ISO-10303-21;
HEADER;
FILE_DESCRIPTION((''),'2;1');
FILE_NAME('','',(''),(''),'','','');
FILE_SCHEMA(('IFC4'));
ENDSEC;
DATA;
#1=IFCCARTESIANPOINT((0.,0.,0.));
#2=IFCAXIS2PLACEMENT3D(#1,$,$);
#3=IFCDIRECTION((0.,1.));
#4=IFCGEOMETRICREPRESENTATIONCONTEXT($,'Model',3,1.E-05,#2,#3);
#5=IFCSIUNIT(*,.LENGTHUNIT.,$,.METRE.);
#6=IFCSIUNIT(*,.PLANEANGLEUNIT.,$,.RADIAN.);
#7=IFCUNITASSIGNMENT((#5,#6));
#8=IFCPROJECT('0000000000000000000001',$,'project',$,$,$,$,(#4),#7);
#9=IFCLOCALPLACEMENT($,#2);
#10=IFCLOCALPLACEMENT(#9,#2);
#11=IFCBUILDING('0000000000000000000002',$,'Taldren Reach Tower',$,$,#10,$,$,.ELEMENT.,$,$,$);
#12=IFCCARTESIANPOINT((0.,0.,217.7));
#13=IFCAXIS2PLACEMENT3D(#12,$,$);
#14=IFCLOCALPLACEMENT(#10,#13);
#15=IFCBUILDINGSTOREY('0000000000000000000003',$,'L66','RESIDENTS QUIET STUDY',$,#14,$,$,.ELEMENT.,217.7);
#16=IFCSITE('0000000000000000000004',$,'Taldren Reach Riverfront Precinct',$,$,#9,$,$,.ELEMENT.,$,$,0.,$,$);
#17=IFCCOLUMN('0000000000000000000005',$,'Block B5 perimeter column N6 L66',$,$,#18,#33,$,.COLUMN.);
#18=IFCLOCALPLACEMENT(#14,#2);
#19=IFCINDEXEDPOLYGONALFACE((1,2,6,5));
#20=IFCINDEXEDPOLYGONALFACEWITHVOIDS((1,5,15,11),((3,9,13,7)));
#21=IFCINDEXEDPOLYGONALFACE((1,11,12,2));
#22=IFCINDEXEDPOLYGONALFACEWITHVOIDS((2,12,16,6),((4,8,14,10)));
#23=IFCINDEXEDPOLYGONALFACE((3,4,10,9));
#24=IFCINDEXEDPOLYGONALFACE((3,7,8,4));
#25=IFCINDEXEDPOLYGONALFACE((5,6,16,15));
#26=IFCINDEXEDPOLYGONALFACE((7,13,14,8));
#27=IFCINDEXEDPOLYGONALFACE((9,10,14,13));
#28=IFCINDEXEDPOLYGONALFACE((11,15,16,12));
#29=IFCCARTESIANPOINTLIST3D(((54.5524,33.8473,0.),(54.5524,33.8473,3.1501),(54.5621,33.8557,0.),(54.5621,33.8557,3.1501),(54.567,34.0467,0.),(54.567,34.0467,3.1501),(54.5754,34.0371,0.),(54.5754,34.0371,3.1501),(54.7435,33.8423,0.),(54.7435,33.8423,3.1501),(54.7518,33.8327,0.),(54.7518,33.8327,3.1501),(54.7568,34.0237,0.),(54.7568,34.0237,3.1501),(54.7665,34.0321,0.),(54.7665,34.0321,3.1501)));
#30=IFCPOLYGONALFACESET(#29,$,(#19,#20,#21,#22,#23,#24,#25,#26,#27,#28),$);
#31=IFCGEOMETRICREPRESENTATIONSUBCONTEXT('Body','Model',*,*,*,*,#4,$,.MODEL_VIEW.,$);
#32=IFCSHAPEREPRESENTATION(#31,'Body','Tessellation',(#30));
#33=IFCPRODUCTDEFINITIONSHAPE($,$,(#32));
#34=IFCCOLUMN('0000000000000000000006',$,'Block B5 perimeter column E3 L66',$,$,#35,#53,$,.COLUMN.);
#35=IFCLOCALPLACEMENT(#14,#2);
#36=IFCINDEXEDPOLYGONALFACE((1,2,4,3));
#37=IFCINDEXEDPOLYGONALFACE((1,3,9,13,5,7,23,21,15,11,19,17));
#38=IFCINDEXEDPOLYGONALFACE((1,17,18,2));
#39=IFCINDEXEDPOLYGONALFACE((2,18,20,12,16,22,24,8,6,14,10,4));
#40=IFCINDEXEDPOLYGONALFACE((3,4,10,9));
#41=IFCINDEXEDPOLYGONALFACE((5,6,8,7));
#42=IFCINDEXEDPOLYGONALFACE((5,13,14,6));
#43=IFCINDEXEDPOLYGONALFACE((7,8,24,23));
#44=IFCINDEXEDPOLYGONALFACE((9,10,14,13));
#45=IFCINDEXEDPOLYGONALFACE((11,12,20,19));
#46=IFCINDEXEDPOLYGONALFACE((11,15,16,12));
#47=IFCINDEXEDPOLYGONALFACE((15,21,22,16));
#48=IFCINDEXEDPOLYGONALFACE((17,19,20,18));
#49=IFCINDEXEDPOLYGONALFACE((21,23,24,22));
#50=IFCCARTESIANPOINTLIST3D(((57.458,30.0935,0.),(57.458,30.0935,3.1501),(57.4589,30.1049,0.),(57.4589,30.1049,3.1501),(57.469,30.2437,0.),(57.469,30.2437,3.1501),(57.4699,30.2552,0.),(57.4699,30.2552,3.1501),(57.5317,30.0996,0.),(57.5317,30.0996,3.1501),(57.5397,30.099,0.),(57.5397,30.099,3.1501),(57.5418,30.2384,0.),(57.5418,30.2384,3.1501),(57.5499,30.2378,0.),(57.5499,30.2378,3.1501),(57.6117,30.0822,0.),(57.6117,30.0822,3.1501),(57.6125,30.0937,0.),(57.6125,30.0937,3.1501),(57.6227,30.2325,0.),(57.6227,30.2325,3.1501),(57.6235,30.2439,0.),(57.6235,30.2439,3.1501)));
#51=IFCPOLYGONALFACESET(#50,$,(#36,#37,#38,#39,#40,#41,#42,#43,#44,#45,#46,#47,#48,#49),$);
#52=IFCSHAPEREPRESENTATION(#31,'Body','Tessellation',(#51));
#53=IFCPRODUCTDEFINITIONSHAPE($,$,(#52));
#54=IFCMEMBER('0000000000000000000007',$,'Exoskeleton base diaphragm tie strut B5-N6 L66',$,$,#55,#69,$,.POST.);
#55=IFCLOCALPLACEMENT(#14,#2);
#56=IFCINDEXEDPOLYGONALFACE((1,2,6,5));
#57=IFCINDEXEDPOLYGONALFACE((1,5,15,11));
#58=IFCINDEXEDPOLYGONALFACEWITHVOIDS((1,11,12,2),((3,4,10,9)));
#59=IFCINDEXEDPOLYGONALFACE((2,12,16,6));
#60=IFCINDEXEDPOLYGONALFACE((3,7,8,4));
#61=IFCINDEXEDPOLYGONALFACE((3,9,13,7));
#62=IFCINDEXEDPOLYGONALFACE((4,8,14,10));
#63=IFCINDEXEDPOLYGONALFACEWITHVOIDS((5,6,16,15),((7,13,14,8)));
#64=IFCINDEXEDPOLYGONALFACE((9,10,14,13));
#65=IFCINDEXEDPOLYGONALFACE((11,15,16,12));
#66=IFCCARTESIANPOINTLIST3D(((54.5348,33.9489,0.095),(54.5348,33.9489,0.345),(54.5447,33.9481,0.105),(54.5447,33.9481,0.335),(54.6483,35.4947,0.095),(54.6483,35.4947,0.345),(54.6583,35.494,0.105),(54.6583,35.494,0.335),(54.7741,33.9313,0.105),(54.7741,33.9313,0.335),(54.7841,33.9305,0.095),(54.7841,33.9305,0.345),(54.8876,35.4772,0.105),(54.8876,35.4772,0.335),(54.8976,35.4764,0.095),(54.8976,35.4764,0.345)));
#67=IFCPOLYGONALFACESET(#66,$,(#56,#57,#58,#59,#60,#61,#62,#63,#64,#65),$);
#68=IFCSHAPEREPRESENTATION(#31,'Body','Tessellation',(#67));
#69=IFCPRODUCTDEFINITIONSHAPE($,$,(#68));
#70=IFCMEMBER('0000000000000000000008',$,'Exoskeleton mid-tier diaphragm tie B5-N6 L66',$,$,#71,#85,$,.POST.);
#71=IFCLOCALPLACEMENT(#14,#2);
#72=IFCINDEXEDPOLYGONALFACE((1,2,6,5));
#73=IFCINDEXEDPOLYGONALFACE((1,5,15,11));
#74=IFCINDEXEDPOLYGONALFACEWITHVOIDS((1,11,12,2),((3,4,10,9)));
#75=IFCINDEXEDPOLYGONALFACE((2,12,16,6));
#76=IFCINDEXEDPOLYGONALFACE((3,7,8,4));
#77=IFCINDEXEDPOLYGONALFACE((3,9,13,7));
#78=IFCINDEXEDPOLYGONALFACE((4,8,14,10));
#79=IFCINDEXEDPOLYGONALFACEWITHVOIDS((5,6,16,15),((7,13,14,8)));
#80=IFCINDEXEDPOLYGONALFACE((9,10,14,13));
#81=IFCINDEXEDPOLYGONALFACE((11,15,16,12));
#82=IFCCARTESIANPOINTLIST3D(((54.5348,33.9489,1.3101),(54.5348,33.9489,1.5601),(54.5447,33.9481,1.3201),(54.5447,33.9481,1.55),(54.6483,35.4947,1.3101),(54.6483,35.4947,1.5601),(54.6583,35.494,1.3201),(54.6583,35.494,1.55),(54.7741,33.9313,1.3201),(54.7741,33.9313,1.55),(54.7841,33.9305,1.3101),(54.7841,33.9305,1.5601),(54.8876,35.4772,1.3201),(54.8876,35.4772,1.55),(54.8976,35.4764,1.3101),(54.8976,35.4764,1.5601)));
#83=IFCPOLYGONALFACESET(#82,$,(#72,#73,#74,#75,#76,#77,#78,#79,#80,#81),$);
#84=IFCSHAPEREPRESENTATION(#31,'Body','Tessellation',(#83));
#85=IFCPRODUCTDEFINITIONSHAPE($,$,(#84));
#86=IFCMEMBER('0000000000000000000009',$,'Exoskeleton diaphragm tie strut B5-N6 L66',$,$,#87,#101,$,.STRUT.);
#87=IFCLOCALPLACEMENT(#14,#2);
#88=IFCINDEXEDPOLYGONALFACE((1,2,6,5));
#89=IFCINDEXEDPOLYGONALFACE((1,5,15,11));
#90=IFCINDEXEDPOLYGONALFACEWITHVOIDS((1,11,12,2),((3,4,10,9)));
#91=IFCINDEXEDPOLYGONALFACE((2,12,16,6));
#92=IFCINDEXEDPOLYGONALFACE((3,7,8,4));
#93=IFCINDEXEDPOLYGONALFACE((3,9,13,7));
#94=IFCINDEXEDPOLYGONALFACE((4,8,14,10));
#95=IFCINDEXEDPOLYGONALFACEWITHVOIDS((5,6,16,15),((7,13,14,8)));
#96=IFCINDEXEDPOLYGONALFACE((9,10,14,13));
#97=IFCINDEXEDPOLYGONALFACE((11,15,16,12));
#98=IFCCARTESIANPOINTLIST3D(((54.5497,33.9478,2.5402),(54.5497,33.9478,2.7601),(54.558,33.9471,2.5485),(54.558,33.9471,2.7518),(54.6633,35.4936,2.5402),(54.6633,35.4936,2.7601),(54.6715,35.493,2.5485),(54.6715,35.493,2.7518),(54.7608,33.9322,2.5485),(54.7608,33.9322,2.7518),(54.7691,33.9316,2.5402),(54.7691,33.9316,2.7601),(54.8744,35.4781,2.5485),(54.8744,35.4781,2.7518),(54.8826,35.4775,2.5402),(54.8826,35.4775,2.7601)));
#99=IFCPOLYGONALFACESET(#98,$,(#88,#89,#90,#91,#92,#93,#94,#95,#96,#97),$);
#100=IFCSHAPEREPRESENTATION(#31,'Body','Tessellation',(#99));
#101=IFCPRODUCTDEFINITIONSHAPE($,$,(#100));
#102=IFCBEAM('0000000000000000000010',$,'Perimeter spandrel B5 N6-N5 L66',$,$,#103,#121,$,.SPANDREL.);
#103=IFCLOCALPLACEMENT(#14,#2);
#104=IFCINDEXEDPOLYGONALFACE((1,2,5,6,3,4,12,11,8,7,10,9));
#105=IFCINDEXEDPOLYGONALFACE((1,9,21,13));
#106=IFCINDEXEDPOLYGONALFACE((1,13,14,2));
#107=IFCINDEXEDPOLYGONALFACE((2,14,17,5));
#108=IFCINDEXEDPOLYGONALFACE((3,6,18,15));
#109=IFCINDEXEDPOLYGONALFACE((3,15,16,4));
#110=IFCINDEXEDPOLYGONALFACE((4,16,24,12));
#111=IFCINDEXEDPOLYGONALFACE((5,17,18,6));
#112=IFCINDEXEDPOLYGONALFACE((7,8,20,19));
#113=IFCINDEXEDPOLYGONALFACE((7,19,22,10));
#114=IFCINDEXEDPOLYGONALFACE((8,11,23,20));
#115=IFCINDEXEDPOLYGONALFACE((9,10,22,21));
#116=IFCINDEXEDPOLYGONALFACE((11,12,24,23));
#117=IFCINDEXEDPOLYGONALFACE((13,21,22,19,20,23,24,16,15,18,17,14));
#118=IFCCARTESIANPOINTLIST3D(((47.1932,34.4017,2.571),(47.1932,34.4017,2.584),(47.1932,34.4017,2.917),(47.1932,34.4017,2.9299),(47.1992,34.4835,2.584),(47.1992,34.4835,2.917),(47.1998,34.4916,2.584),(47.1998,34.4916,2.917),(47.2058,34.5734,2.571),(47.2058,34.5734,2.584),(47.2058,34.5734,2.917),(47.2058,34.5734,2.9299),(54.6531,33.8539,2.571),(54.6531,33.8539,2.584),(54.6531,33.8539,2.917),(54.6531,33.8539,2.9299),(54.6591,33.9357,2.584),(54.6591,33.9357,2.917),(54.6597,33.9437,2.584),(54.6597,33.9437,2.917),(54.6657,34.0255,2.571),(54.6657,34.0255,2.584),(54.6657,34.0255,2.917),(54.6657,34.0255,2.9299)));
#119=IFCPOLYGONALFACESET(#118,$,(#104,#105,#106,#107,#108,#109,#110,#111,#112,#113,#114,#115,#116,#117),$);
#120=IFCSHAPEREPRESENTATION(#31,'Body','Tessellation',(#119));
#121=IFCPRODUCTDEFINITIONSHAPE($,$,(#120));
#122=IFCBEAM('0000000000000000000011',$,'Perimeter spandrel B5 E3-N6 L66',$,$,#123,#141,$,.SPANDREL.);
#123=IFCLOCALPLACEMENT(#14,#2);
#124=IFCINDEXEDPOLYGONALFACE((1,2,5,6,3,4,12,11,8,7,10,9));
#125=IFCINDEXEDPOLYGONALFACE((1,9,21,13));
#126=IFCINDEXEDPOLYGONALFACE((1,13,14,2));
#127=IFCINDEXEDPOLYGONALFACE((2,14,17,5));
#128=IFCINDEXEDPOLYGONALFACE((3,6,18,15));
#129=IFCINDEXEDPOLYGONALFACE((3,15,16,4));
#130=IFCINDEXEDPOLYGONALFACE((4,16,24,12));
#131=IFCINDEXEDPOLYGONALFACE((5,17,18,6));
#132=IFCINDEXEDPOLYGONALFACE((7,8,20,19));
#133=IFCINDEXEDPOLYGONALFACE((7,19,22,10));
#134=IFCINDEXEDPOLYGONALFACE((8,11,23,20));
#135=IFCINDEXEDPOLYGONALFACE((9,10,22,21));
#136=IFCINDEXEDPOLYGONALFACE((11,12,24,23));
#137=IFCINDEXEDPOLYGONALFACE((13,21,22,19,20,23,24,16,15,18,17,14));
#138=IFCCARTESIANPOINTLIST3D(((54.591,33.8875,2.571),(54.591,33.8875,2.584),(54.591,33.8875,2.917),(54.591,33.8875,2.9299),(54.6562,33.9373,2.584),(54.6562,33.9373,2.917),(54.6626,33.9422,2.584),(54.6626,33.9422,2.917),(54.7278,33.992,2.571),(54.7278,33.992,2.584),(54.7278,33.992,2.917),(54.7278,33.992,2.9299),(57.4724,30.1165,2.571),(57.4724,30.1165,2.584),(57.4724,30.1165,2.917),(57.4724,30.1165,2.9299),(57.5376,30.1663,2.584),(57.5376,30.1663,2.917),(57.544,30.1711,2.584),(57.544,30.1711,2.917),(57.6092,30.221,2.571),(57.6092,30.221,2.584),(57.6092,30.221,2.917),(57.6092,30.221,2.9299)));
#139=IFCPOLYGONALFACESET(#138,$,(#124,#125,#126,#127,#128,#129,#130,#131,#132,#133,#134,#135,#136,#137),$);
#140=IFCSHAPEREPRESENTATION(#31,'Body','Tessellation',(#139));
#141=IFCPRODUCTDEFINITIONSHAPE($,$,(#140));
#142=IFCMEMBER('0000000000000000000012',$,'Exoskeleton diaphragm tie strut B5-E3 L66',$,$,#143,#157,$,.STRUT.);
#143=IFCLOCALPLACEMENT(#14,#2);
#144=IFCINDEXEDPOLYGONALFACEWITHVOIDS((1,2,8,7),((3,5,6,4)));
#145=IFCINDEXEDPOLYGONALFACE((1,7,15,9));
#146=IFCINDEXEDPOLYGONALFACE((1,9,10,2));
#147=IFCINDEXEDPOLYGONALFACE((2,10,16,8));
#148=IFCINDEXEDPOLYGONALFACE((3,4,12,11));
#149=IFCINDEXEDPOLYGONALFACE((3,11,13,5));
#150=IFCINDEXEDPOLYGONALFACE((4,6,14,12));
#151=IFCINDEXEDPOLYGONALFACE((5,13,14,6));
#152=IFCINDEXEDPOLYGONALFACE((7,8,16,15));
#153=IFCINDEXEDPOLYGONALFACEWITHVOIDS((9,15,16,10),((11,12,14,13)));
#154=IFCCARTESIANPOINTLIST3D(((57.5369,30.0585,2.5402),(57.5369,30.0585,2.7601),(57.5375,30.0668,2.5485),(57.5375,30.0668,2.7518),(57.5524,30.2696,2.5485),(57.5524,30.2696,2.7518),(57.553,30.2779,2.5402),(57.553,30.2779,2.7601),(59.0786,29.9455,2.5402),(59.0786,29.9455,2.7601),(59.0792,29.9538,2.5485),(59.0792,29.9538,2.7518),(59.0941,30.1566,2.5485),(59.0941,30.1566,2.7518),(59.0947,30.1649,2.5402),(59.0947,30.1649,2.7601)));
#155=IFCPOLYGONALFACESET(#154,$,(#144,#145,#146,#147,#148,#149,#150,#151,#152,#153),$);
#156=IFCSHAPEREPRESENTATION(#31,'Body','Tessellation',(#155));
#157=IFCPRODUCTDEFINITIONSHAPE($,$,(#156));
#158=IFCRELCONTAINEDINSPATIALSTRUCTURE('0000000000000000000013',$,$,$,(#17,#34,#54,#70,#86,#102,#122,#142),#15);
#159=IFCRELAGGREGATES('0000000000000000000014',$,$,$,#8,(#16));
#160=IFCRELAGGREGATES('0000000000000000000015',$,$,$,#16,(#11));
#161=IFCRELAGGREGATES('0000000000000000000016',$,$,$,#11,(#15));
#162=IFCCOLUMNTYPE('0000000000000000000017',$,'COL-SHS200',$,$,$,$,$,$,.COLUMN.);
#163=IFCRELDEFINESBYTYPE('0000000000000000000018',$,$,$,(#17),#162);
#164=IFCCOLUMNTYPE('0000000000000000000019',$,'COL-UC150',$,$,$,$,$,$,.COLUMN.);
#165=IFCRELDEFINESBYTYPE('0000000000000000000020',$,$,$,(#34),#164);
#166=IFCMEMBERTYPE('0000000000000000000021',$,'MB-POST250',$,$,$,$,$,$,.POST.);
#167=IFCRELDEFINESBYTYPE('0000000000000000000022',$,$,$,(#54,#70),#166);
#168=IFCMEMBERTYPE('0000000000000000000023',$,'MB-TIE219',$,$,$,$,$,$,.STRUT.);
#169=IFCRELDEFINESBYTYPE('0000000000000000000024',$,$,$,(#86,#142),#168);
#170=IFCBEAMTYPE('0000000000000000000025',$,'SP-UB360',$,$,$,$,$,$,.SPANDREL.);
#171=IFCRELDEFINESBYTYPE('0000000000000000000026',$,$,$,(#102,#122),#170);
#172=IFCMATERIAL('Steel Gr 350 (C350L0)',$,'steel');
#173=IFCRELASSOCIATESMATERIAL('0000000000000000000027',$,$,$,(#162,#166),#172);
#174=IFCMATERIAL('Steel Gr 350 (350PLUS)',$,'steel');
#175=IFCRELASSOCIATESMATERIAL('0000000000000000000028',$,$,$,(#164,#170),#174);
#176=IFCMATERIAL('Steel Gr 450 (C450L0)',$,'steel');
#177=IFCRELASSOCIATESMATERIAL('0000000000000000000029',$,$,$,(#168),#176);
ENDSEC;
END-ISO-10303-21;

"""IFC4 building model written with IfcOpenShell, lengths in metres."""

from ifc_helpers import new_model, si_unit, direction, frame, origin, origin_2d, place, context, subcontext, project, spatial, hollow_rectangle, i_section, extrude, source, transform, mapped, material, material_profile, profile_set, type_object, element, save


model = new_model("IFC4")

# Units and contexts
model_context = context("Model", 3, precision=1e-05, world=origin(), true_north=direction((0.0, 1.0)))
body_context = subcontext(model_context, "Body", "Model", "MODEL_VIEW")
ifc_project = project(units=[si_unit("LENGTHUNIT", "METRE"), si_unit("PLANEANGLEUNIT", "RADIAN")], contexts=[model_context])

# Site, building, storey
site_placement = place(None, origin())
site = spatial("IfcSite", under=ifc_project, at=site_placement, Name="Taldren Reach Riverfront Precinct", CompositionType="ELEMENT", RefElevation=0.0)
building_placement = place(site_placement, origin())
building = spatial("IfcBuilding", under=site, at=building_placement, Name="Taldren Reach Tower", CompositionType="ELEMENT")
storey_placement = place(building_placement, frame((0.0, 0.0, 217.7)))
storey = spatial("IfcBuildingStorey", under=building, at=storey_placement, Name="L66", Description="RESIDENTS QUIET STUDY", CompositionType="ELEMENT", Elevation=217.7)

# Columns
ifc_material_1 = material(Name="Steel Gr 350 (C350L0)", Category="steel")
ifc_material_profile_1 = material_profile(ifc_material_1, hollow_rectangle(XDim=0.2, YDim=0.2, WallThickness=0.009, at=origin_2d()), Name="200x200x9.0SHS")
ifc_profile_set_1 = profile_set([ifc_material_profile_1], Name="Steel Gr 350 (C350L0)")
column_type_1 = type_object("IfcColumnType", Name="COL-SHS200", PredefinedType="COLUMN", material=ifc_profile_set_1)
shared_shape_1 = source(origin(), body_context, "Body", "SweptSolid", [
    extrude(hollow_rectangle(XDim=0.2, YDim=0.2, WallThickness=0.009, at=origin_2d()), origin(), (0.0, 0.0, 1.0), 3.1501),
])
column_1_placement = place(storey_placement, frame((54.6594, 33.9397, 0.0), z_axis=(0.0, 0.0, 1.0), x_axis=(0.997314, -0.073238, 0.0)))
element("IfcColumn", 1, at=column_1_placement, inside=storey, type_object=column_type_1, Name="Block B5 perimeter column N6 L66", PredefinedType="COLUMN", context=body_context, shape_type="MappedRepresentation", body=[
    mapped(shared_shape_1, transform((0.0, 0.0, 0.0), scale=1.0)),
])
ifc_material_2 = material(Name="Steel Gr 350 (350PLUS)", Category="steel")
ifc_material_profile_2 = material_profile(ifc_material_2, i_section(OverallWidth=0.1541, OverallDepth=0.1621, WebThickness=0.0081, FlangeThickness=0.0115, at=origin_2d()), Name="150UC37.2")
ifc_profile_set_2 = profile_set([ifc_material_profile_2], Name="Steel Gr 350 (350PLUS)")
column_type_2 = type_object("IfcColumnType", Name="COL-UC150", PredefinedType="COLUMN", material=ifc_profile_set_2)
shared_shape_2 = source(origin(), body_context, "Body", "SweptSolid", [
    extrude(i_section(OverallWidth=0.1541, OverallDepth=0.1621, WebThickness=0.0081, FlangeThickness=0.0115, at=origin_2d()), origin(), (0.0, 0.0, 1.0), 3.1501),
])
column_2_placement = place(storey_placement, frame((57.5408, 30.1687, 0.0), z_axis=(0.0, 0.0, 1.0), x_axis=(0.997314, -0.073238, 0.0)))
element("IfcColumn", 2, at=column_2_placement, inside=storey, type_object=column_type_2, Name="Block B5 perimeter column E3 L66", PredefinedType="COLUMN", context=body_context, shape_type="MappedRepresentation", body=[
    mapped(shared_shape_2, transform((0.0, 0.0, 0.0), scale=1.0)),
])

# Members
ifc_material_profile_3 = material_profile(ifc_material_1, hollow_rectangle(XDim=0.25, YDim=0.25, WallThickness=0.01, at=origin_2d()), Name="250x250x10.0SHS")
ifc_profile_set_3 = profile_set([ifc_material_profile_3], Name="Steel Gr 350 (C350L0)")
member_type_1 = type_object("IfcMemberType", Name="MB-POST250", PredefinedType="POST", material=ifc_profile_set_3)
shared_shape_3 = source(origin(), body_context, "Body", "SweptSolid", [
    extrude(hollow_rectangle(XDim=0.25, YDim=0.25, WallThickness=0.01, at=origin_2d()), origin(), (0.0, 0.0, 1.0), 1.55),
])
for number, where, z_axis, x_axis, name in (
    (3, (54.6594, 33.9397, 0.22), (0.073239, 0.997314, 0.0), (-0.997314, 0.073239, 0.0), "Exoskeleton base diaphragm tie strut B5-N6 L66"),
    (4, (54.6594, 33.9397, 1.4351), (0.073239, 0.997314, 0.0), (-0.997314, 0.073239, 0.0), "Exoskeleton mid-tier diaphragm tie B5-N6 L66"),
):
    element("IfcMember", number, at=place(storey_placement, frame(where, z_axis=z_axis, x_axis=x_axis)), inside=storey, type_object=member_type_1, Name=name, PredefinedType="POST", context=body_context, shape_type="MappedRepresentation", body=[
        mapped(shared_shape_3, transform((0.0, 0.0, 0.0), scale=1.0)),
    ])
ifc_material_3 = material(Name="Steel Gr 450 (C450L0)", Category="steel")
ifc_material_profile_4 = material_profile(ifc_material_3, hollow_rectangle(XDim=0.22, YDim=0.22, WallThickness=0.0083, at=origin_2d()), Name="220x220x8.2SHS")
ifc_profile_set_4 = profile_set([ifc_material_profile_4], Name="Steel Gr 450 (C450L0)")
member_type_2 = type_object("IfcMemberType", Name="MB-TIE219", PredefinedType="STRUT", material=ifc_profile_set_4)
shared_shape_4 = source(origin(), body_context, "Body", "SweptSolid", [
    extrude(hollow_rectangle(XDim=0.22, YDim=0.22, WallThickness=0.0083, at=origin_2d()), origin(), (0.0, 0.0, 1.0), 1.55),
])
member_1_placement = place(storey_placement, frame((54.6594, 33.9397, 2.6501), z_axis=(0.073239, 0.997314, 0.0), x_axis=(-0.997314, 0.073239, 0.0)))
element("IfcMember", 5, at=member_1_placement, inside=storey, type_object=member_type_2, Name="Exoskeleton diaphragm tie strut B5-N6 L66", PredefinedType="STRUT", context=body_context, shape_type="MappedRepresentation", body=[
    mapped(shared_shape_4, transform((0.0, 0.0, 0.0), scale=1.0)),
])

# Beams
ifc_material_profile_5 = material_profile(ifc_material_2, i_section(OverallWidth=0.1721, OverallDepth=0.3589, WebThickness=0.0081, FlangeThickness=0.0129, at=origin_2d()), Name="360UB56.7")
ifc_profile_set_5 = profile_set([ifc_material_profile_5], Name="Steel Gr 350 (350PLUS)")
beam_type = type_object("IfcBeamType", Name="SP-UB360", PredefinedType="SPANDREL", material=ifc_profile_set_5)
shared_shape_5 = source(origin(), body_context, "Body", "SweptSolid", [
    extrude(i_section(OverallWidth=0.1721, OverallDepth=0.3589, WebThickness=0.0081, FlangeThickness=0.0129, at=origin_2d()), origin(), (0.0, 0.0, 1.0), 7.48),
])
beam_1_placement = place(storey_placement, frame((54.6594, 33.9397, 2.7505), z_axis=(-0.997314, 0.073242, 0.0), x_axis=(-0.073242, -0.997314, 0.0)))
element("IfcBeam", 6, at=beam_1_placement, inside=storey, type_object=beam_type, Name="Perimeter spandrel B5 N6-N5 L66", PredefinedType="SPANDREL", context=body_context, shape_type="MappedRepresentation", body=[
    mapped(shared_shape_5, transform((0.0, 0.0, 0.0), scale=1.0)),
])
shared_shape_6 = source(origin(), body_context, "Body", "SweptSolid", [
    extrude(i_section(OverallWidth=0.1721, OverallDepth=0.3589, WebThickness=0.0081, FlangeThickness=0.0129, at=origin_2d()), origin(), (0.0, 0.0, 1.0), 4.7458),
])
beam_2_placement = place(storey_placement, frame((57.5408, 30.1687, 2.7505), z_axis=(-0.607137, 0.794597, 0.0), x_axis=(-0.794597, -0.607137, 0.0)))
element("IfcBeam", 7, at=beam_2_placement, inside=storey, type_object=beam_type, Name="Perimeter spandrel B5 E3-N6 L66", PredefinedType="SPANDREL", context=body_context, shape_type="MappedRepresentation", body=[
    mapped(shared_shape_6, transform((0.0, 0.0, 0.0), scale=1.0)),
])

# Member
shared_shape_7 = source(origin(), body_context, "Body", "SweptSolid", [
    extrude(hollow_rectangle(XDim=0.22, YDim=0.22, WallThickness=0.0083, at=origin_2d()), origin(), (0.0, 0.0, 1.0), 1.5459),
])
member_2_placement = place(storey_placement, frame((57.5449, 30.1682, 2.6501), z_axis=(0.997323, -0.073121, 0.0), x_axis=(0.073121, 0.997323, 0.0)))
element("IfcMember", 8, at=member_2_placement, inside=storey, type_object=member_type_2, Name="Exoskeleton diaphragm tie strut B5-E3 L66", PredefinedType="STRUT", context=body_context, shape_type="MappedRepresentation", body=[
    mapped(shared_shape_7, transform((0.0, 0.0, 0.0), scale=1.0)),
])

save(model, "model.ifc")
